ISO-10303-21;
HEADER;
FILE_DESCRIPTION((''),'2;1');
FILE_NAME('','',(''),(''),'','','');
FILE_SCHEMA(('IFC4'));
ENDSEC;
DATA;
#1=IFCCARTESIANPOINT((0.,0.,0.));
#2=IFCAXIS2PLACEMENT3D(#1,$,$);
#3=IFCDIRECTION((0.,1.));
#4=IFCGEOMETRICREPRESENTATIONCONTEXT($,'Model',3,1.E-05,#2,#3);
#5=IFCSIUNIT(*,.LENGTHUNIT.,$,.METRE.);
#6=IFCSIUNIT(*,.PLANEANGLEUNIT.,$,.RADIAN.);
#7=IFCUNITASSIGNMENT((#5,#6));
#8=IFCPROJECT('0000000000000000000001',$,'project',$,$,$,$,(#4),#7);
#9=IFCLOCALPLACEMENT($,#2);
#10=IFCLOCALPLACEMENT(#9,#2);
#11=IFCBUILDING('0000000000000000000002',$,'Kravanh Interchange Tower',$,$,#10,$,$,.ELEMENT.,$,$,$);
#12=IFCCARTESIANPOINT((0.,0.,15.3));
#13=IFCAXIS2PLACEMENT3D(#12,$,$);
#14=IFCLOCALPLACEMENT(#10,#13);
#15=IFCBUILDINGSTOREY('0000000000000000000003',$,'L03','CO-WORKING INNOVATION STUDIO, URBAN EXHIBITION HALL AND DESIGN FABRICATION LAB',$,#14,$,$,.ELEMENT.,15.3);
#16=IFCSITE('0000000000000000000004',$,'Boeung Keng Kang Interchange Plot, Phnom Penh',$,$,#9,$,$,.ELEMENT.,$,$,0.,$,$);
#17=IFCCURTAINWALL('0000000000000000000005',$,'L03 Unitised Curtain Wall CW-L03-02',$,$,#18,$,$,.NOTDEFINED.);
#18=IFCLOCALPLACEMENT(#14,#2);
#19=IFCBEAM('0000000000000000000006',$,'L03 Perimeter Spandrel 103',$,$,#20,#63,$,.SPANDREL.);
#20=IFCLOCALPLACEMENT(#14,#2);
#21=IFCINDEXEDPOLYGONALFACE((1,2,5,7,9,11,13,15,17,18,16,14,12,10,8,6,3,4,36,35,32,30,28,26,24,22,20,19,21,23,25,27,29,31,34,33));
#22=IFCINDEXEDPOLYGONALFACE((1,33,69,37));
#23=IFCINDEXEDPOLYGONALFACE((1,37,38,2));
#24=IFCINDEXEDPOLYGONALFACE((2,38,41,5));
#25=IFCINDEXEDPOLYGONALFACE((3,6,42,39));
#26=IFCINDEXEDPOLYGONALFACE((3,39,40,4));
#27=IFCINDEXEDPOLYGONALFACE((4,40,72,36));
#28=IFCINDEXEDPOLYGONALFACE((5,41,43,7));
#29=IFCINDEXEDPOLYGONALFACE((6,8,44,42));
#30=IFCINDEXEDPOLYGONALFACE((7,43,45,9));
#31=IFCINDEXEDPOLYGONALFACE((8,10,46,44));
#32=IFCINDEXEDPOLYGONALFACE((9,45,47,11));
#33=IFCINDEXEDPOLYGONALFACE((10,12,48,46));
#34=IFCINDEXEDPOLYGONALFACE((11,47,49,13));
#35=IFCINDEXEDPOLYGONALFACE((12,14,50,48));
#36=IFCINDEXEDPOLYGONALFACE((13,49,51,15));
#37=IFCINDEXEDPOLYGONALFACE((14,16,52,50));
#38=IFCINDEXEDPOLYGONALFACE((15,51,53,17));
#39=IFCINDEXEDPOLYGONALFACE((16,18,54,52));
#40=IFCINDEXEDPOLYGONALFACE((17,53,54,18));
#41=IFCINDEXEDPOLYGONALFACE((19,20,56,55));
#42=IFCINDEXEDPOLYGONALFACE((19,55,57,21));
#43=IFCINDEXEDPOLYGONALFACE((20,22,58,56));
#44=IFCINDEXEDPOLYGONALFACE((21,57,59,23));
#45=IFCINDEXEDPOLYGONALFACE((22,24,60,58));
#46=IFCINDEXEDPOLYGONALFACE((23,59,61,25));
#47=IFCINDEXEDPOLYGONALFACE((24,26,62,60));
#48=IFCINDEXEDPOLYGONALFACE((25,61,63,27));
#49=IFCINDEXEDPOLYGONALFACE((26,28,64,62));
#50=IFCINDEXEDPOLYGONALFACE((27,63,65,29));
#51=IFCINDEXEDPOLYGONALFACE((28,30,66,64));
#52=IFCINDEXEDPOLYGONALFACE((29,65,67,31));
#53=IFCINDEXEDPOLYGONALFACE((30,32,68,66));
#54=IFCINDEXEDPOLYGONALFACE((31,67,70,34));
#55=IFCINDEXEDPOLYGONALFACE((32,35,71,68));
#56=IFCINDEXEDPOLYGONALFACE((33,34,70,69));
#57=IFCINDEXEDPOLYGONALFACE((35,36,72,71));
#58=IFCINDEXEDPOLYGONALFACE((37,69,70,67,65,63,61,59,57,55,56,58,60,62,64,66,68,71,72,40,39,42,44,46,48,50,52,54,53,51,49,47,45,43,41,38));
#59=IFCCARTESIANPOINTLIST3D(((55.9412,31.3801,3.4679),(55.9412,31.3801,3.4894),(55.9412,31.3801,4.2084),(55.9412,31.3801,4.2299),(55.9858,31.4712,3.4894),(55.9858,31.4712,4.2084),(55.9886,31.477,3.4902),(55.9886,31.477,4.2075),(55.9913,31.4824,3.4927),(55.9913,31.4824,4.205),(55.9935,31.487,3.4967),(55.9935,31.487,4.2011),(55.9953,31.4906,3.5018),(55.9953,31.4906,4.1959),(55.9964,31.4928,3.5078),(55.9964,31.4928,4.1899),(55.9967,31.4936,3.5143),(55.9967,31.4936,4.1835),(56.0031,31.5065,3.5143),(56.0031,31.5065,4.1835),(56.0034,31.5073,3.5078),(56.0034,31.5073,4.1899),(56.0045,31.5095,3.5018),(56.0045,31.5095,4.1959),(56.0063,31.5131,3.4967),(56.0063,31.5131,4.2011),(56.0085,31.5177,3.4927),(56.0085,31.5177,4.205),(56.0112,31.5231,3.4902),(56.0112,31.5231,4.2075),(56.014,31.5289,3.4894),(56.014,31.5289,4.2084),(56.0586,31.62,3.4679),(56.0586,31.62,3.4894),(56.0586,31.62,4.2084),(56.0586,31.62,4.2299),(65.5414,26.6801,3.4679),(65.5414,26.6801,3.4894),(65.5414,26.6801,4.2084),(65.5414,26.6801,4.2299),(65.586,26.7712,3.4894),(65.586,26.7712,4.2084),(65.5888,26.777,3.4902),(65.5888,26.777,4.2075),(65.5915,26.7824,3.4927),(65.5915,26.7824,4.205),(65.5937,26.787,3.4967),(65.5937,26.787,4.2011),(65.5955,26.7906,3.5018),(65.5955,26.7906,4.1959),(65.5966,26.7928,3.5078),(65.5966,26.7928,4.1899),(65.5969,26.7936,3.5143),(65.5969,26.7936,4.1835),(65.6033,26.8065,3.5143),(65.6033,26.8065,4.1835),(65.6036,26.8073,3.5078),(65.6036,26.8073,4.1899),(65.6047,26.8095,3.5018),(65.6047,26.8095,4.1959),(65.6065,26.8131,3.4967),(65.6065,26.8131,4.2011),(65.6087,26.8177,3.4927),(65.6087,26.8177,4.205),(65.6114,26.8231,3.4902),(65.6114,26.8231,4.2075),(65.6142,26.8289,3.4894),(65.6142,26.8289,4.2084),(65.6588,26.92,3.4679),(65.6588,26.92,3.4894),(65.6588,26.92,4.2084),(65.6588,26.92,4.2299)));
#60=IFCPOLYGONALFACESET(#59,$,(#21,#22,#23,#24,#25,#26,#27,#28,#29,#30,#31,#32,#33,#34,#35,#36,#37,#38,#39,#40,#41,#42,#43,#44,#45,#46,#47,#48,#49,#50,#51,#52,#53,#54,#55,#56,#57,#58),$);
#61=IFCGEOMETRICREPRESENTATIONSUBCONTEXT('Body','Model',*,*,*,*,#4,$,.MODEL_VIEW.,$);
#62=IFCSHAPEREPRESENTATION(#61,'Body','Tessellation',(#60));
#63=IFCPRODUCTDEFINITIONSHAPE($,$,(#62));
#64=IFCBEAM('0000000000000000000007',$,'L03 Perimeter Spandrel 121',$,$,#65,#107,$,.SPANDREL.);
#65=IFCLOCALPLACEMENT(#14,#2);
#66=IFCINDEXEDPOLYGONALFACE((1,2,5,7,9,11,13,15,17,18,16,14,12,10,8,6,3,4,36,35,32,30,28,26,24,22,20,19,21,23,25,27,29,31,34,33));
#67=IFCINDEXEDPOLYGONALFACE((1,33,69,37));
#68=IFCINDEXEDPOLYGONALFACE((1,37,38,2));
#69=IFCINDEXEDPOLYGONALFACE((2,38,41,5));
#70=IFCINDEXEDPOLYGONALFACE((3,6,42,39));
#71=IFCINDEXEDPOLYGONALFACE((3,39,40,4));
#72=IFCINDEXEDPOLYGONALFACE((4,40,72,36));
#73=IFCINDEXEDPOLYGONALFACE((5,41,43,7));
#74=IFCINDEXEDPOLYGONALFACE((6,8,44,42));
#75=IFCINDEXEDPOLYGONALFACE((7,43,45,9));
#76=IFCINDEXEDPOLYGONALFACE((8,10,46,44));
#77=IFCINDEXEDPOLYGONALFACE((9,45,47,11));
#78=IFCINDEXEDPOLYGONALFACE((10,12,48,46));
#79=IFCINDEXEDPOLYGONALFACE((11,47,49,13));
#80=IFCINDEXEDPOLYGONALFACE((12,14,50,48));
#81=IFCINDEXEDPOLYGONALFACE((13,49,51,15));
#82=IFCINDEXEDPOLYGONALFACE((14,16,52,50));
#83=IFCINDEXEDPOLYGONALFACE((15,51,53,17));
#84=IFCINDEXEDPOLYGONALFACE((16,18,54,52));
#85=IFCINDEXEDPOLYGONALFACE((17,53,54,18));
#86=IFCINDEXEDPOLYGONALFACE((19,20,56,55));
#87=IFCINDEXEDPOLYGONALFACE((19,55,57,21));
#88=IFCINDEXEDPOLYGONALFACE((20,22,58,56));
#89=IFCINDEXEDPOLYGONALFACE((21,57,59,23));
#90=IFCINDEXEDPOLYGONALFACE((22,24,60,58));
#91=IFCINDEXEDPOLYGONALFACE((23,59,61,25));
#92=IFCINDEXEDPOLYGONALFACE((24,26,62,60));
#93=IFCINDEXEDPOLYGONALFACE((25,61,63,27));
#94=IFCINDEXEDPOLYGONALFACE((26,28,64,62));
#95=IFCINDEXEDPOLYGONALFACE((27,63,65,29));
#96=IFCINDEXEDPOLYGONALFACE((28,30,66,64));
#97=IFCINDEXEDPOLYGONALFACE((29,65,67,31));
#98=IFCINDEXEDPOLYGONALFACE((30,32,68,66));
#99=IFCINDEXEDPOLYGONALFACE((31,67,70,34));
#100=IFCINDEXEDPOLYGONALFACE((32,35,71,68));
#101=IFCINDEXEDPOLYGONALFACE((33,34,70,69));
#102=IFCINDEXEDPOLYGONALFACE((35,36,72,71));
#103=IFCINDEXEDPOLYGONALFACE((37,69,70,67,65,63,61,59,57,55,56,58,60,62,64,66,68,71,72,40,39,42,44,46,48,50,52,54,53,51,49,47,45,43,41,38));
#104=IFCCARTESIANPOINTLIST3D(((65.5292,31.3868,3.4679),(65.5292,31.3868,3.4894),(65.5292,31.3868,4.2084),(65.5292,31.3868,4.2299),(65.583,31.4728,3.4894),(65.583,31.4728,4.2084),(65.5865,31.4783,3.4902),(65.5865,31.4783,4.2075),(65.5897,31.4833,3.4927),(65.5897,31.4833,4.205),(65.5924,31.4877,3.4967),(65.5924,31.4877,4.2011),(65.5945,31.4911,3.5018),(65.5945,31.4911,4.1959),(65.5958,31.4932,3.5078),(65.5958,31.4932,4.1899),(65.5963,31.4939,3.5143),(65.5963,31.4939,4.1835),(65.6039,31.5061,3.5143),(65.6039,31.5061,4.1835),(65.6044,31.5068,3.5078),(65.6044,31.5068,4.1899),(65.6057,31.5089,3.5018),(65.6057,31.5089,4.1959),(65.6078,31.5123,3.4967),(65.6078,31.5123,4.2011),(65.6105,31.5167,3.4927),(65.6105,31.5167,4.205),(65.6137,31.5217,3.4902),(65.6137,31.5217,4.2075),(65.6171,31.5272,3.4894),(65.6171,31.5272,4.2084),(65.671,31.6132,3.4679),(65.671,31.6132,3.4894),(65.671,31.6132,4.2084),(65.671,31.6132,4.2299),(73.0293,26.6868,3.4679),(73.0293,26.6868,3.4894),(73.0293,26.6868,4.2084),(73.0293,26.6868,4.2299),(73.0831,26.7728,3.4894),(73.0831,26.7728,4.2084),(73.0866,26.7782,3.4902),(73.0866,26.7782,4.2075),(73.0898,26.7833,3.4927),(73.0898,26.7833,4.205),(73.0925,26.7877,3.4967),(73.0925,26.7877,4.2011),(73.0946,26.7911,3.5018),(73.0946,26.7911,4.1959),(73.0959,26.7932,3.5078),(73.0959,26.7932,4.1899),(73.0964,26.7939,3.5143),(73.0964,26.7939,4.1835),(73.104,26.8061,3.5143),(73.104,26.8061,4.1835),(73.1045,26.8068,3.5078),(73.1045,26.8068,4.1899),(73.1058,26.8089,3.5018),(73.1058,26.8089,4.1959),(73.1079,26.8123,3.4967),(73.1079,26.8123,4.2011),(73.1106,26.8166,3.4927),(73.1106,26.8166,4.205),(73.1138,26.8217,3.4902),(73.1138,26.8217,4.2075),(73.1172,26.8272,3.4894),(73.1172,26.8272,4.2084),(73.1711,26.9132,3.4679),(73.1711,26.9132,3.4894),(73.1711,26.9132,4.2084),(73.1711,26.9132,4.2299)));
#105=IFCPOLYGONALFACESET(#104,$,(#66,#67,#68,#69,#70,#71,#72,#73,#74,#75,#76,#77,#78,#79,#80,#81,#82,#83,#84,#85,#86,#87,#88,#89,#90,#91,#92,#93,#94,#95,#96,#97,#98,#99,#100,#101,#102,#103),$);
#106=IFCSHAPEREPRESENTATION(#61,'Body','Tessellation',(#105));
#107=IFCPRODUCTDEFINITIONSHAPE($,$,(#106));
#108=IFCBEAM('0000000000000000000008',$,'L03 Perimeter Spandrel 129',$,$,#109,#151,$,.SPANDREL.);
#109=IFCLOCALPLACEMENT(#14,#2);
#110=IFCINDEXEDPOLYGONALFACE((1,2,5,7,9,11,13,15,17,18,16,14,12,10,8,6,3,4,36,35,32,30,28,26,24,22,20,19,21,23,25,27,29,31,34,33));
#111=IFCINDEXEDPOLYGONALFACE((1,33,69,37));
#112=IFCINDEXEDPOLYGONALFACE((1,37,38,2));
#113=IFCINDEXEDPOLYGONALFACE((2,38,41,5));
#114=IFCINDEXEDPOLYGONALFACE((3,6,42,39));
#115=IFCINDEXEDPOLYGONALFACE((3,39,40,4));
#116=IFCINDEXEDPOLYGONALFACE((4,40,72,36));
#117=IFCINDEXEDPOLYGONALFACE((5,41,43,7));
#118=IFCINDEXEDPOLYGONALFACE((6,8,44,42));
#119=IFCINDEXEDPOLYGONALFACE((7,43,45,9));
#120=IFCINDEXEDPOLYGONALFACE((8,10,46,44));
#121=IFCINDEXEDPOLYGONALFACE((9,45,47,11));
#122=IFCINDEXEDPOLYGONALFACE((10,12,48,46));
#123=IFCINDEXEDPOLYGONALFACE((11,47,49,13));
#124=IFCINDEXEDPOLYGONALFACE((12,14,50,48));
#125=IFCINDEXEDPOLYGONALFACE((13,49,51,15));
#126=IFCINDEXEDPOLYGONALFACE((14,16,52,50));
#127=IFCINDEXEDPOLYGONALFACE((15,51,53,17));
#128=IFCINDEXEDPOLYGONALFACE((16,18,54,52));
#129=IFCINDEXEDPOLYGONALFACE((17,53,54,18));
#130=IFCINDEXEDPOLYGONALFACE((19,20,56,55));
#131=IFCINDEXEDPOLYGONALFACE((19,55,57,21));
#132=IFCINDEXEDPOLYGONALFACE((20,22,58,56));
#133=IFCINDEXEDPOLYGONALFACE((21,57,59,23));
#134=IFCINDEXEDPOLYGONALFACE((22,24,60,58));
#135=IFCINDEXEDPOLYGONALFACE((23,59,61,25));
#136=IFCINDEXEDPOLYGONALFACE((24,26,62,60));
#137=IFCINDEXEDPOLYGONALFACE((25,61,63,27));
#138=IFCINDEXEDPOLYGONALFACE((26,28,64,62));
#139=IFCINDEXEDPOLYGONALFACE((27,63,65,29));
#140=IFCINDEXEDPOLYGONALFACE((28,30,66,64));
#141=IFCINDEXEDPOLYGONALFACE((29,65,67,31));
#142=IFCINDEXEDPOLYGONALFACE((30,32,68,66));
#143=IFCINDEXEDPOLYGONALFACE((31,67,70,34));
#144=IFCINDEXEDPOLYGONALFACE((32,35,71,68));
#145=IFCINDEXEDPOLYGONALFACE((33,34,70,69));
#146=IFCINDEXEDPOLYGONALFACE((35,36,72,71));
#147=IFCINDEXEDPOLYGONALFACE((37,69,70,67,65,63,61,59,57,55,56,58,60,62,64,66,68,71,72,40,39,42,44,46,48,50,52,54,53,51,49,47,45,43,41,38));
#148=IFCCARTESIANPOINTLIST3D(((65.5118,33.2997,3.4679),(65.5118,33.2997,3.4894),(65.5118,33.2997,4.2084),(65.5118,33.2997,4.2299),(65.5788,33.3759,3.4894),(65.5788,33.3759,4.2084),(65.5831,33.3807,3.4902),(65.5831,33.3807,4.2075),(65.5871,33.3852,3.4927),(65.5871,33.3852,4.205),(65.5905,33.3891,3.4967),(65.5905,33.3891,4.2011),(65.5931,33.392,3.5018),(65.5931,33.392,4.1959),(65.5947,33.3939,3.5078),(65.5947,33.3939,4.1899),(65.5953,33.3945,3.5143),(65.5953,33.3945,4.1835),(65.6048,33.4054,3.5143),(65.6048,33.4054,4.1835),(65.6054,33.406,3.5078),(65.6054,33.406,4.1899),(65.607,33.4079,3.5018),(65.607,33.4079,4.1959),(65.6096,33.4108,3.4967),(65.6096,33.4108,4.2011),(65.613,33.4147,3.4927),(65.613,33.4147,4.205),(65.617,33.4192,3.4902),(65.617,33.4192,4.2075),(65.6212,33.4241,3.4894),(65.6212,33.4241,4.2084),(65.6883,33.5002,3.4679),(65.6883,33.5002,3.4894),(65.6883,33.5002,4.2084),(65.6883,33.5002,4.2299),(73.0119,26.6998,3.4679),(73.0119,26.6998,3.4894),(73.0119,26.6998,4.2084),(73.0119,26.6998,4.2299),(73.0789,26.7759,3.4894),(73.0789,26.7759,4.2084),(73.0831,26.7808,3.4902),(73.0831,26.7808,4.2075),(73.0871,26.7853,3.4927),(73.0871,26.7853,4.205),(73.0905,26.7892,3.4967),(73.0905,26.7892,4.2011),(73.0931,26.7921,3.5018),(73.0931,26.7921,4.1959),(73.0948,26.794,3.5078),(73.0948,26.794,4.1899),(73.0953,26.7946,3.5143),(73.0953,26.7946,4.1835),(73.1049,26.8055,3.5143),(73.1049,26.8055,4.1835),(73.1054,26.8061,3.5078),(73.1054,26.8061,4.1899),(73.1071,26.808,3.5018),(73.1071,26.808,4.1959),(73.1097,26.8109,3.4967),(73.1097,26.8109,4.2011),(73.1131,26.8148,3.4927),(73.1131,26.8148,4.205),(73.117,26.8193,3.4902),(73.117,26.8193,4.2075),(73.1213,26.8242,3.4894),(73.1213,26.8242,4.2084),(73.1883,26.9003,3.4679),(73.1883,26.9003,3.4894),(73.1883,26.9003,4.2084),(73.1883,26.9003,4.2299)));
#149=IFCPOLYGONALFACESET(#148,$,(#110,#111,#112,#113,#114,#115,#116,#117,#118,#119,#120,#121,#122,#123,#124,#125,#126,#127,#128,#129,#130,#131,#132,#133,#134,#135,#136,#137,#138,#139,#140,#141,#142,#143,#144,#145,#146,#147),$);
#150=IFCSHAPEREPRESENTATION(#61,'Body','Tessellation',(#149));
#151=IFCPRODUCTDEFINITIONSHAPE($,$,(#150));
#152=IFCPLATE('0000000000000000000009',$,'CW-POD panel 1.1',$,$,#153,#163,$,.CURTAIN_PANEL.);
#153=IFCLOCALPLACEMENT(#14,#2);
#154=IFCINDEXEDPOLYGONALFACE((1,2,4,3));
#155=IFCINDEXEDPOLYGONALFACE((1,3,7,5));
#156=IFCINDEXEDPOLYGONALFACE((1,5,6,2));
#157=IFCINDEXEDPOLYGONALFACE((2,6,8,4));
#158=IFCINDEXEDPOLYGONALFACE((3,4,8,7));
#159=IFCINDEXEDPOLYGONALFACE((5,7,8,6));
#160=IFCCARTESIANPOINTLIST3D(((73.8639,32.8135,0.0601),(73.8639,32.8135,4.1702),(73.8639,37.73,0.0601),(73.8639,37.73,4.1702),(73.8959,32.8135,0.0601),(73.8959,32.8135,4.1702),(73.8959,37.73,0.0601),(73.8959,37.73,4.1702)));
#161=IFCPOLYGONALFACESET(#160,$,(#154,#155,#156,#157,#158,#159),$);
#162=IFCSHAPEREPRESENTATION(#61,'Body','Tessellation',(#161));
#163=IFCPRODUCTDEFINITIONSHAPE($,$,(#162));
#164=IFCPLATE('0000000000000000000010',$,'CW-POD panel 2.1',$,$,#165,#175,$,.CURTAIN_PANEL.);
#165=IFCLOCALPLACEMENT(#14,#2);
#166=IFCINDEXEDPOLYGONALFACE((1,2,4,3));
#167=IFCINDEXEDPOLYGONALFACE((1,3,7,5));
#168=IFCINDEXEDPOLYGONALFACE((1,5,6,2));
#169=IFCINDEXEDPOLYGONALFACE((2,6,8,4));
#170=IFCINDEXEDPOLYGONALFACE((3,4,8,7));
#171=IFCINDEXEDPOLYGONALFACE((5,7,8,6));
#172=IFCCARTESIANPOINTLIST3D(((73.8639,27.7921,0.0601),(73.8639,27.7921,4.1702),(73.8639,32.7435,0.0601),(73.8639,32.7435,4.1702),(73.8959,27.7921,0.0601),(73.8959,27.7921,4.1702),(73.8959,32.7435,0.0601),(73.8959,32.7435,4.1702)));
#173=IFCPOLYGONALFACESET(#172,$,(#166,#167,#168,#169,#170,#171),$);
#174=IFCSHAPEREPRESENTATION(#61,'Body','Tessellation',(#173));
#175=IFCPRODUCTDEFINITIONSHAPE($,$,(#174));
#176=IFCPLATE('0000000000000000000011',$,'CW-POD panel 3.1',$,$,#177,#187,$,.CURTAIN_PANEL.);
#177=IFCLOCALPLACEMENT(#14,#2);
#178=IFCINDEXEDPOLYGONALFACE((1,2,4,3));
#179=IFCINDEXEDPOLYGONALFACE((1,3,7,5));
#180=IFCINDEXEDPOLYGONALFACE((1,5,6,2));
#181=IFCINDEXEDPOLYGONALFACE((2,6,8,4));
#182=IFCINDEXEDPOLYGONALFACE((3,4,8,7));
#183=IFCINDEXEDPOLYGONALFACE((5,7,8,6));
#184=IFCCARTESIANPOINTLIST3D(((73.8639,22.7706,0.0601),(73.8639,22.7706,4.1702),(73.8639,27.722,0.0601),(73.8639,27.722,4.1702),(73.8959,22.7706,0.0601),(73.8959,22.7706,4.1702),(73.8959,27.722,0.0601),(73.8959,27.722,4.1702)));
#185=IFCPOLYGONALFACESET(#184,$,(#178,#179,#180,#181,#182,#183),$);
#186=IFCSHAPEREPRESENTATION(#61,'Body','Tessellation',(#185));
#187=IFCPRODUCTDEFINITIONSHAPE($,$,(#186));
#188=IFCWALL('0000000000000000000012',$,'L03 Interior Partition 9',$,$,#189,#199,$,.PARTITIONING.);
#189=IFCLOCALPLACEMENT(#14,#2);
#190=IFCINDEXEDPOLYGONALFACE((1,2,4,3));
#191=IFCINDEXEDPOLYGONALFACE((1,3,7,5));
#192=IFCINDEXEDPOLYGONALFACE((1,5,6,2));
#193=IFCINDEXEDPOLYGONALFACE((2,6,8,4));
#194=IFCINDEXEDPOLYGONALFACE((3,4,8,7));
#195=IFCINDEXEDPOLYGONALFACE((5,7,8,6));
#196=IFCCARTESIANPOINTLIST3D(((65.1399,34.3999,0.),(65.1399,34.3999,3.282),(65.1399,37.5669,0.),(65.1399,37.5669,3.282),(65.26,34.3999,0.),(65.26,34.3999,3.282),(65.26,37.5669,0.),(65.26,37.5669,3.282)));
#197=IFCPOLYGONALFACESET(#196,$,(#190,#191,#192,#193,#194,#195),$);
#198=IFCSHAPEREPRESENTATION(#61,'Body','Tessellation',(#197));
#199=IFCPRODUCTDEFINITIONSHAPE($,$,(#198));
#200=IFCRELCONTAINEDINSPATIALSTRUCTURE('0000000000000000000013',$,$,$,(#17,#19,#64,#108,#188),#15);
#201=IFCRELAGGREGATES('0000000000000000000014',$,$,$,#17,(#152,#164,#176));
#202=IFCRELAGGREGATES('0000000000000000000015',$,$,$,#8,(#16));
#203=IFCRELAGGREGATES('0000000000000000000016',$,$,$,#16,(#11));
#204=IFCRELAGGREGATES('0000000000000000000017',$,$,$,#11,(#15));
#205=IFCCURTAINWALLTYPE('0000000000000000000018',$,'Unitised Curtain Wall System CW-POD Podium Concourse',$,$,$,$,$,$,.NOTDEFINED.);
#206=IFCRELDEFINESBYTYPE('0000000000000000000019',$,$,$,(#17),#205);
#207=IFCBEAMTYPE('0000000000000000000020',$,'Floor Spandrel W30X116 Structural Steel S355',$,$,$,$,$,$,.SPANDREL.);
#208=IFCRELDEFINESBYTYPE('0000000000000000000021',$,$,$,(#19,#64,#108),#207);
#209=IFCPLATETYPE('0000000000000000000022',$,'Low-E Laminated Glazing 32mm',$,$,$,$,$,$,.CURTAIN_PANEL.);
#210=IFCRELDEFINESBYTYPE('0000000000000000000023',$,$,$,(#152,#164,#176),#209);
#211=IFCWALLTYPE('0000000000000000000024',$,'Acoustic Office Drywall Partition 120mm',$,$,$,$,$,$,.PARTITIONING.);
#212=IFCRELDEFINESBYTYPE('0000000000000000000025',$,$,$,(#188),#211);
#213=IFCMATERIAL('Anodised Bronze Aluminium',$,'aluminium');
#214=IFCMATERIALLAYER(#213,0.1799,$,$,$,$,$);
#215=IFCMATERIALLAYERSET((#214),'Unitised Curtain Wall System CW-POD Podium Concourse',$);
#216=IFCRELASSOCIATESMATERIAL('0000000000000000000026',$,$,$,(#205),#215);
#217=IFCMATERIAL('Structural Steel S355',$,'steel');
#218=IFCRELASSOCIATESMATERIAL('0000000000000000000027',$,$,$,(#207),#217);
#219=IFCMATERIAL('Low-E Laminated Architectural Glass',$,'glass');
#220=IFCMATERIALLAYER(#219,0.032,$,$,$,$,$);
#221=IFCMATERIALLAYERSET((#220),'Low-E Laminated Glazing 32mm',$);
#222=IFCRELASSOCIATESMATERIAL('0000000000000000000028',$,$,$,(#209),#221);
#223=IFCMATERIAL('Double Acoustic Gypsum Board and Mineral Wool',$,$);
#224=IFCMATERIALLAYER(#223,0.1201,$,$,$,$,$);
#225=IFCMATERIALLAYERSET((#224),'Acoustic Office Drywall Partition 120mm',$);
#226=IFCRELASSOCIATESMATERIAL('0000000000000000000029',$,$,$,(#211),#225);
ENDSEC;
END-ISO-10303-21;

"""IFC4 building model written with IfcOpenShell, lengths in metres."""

from ifc_helpers import new_model, si_unit, direction, frame, frame_2d, origin, origin_2d, place, context, subcontext, project, spatial, rectangle, i_section, extrude, material, layer, layer_set, material_profile, profile_set, type_object, element, aggregate, save


model = new_model("IFC4")

# Units and contexts
model_context = context("Model", 3, precision=1e-05, world=origin(), true_north=direction((0.0, 1.0)))
body_context = subcontext(model_context, "Body", "Model", "MODEL_VIEW")
ifc_project = project(units=[si_unit("LENGTHUNIT", "METRE"), si_unit("PLANEANGLEUNIT", "RADIAN")], contexts=[model_context])

# Site, building, storey
site_placement = place(None, origin())
site = spatial("IfcSite", under=ifc_project, at=site_placement, Name="Boeung Keng Kang Interchange Plot, Phnom Penh", CompositionType="ELEMENT", RefElevation=0.0)
building_placement = place(site_placement, origin())
building = spatial("IfcBuilding", under=site, at=building_placement, Name="Kravanh Interchange Tower", CompositionType="ELEMENT")
storey_placement = place(building_placement, frame((0.0, 0.0, 15.3)))
storey = spatial("IfcBuildingStorey", under=building, at=storey_placement, Name="L03", Description="CO-WORKING INNOVATION STUDIO, URBAN EXHIBITION HALL AND DESIGN FABRICATION LAB", CompositionType="ELEMENT", Elevation=15.3)

# Curtain wall
ifc_material_1 = material(Name="Anodised Bronze Aluminium", Category="aluminium")
ifc_layer_1 = layer(ifc_material_1, 0.1799)
ifc_layer_set_1 = layer_set([ifc_layer_1], Name="Unitised Curtain Wall System CW-POD Podium Concourse")
curtain_wall_type = type_object("IfcCurtainWallType", Name="Unitised Curtain Wall System CW-POD Podium Concourse", PredefinedType="NOTDEFINED", material=ifc_layer_set_1)
curtain_wall_placement = place(storey_placement, origin())
curtain_wall = element("IfcCurtainWall", 1, at=curtain_wall_placement, inside=storey, type_object=curtain_wall_type, Name="L03 Unitised Curtain Wall CW-L03-02", PredefinedType="NOTDEFINED")

# Beams
ifc_material_2 = material(Name="Structural Steel S355", Category="steel")
ifc_material_profile_1 = material_profile(ifc_material_2, i_section(OverallWidth=0.2671, OverallDepth=0.762, WebThickness=0.0144, FlangeThickness=0.0215, FilletRadius=0.0249, at=origin_2d()), Name="W30X116")
ifc_profile_set_1 = profile_set([ifc_material_profile_1], Name="Structural Steel S355")
beam_type_1 = type_object("IfcBeamType", Name="Floor Spandrel W30X116 Structural Steel S355", PredefinedType="SPANDREL", material=ifc_profile_set_1)
beam_1_placement = place(storey_placement, frame((65.6001, 26.8, 3.8489), z_axis=(-0.898142, 0.439706, 0.0), x_axis=(-0.439706, -0.898142, 0.0)))
element("IfcBeam", 2, at=beam_1_placement, inside=storey, type_object=beam_type_1, Name="L03 Perimeter Spandrel 103", PredefinedType="SPANDREL", context=body_context, shape_type="SweptSolid", body=[
    extrude(i_section(OverallWidth=0.2671, OverallDepth=0.762, WebThickness=0.0144, FlangeThickness=0.0215, FilletRadius=0.0249, at=origin_2d()), origin(), (0.0, 0.0, 1.0), 10.689),
])
beam_2_placement = place(storey_placement, frame((65.6001, 31.5, 3.8489), z_axis=(0.847365, -0.53101, 0.0), x_axis=(0.53101, 0.847365, 0.0)))
element("IfcBeam", 3, at=beam_2_placement, inside=storey, type_object=beam_type_1, Name="L03 Perimeter Spandrel 121", PredefinedType="SPANDREL", context=body_context, shape_type="SweptSolid", body=[
    extrude(i_section(OverallWidth=0.2671, OverallDepth=0.762, WebThickness=0.0144, FlangeThickness=0.0215, FilletRadius=0.0249, at=origin_2d()), origin(), (0.0, 0.0, 1.0), 8.8511),
])
beam_3_placement = place(storey_placement, frame((73.1001, 26.8, 3.8489), z_axis=(-0.750721, 0.66062, 0.0), x_axis=(-0.66062, -0.750721, 0.0)))
element("IfcBeam", 4, at=beam_3_placement, inside=storey, type_object=beam_type_1, Name="L03 Perimeter Spandrel 129", PredefinedType="SPANDREL", context=body_context, shape_type="SweptSolid", body=[
    extrude(i_section(OverallWidth=0.2671, OverallDepth=0.762, WebThickness=0.0144, FlangeThickness=0.0215, FilletRadius=0.0249, at=origin_2d()), origin(), (0.0, 0.0, 1.0), 9.9905),
])

# Plates
ifc_material_3 = material(Name="Low-E Laminated Architectural Glass", Category="glass")
ifc_layer_2 = layer(ifc_material_3, 0.032)
ifc_layer_set_2 = layer_set([ifc_layer_2], Name="Low-E Laminated Glazing 32mm")
plate_type = type_object("IfcPlateType", Name="Low-E Laminated Glazing 32mm", PredefinedType="CURTAIN_PANEL", material=ifc_layer_set_2)
plate_1_placement = place(storey_placement, frame((73.8799, 35.2717, 0.0601), z_axis=(0.0, 0.0, 1.0), x_axis=(0.0, -1.0, 0.0)))
plate_1 = element("IfcPlate", 5, at=plate_1_placement, type_object=plate_type, Name="CW-POD panel 1.1", PredefinedType="CURTAIN_PANEL", context=body_context, shape_type="SweptSolid", body=[
    extrude(rectangle(XDim=4.9165, YDim=0.032, at=origin_2d()), origin(), (0.0, 0.0, 1.0), 4.1101),
])
plate_2_placement = place(storey_placement, frame((73.8799, 30.2678, 0.0601), z_axis=(0.0, 0.0, 1.0), x_axis=(0.0, -1.0, 0.0)))
plate_2 = element("IfcPlate", 6, at=plate_2_placement, type_object=plate_type, Name="CW-POD panel 2.1", PredefinedType="CURTAIN_PANEL", context=body_context, shape_type="SweptSolid", body=[
    extrude(rectangle(XDim=4.9514, YDim=0.032, at=origin_2d()), origin(), (0.0, 0.0, 1.0), 4.1101),
])
plate_3_placement = place(storey_placement, frame((73.8799, 25.2463, 0.0601), z_axis=(0.0, 0.0, 1.0), x_axis=(0.0, -1.0, 0.0)))
plate_3 = element("IfcPlate", 7, at=plate_3_placement, type_object=plate_type, Name="CW-POD panel 3.1", PredefinedType="CURTAIN_PANEL", context=body_context, shape_type="SweptSolid", body=[
    extrude(rectangle(XDim=4.9514, YDim=0.032, at=origin_2d()), origin(), (0.0, 0.0, 1.0), 4.1101),
])
aggregate(curtain_wall, [plate_1, plate_2, plate_3])

# Wall
ifc_material_4 = material(Name="Double Acoustic Gypsum Board and Mineral Wool")
ifc_layer_3 = layer(ifc_material_4, 0.1201)
ifc_layer_set_3 = layer_set([ifc_layer_3], Name="Acoustic Office Drywall Partition 120mm")
wall_type = type_object("IfcWallType", Name="Acoustic Office Drywall Partition 120mm", PredefinedType="PARTITIONING", material=ifc_layer_set_3)
wall_placement = place(storey_placement, frame((65.2, 34.3999, 0.0), z_axis=(0.0, 0.0, 1.0), x_axis=(0.0, 1.0, 0.0)))
element("IfcWall", 8, at=wall_placement, inside=storey, type_object=wall_type, Name="L03 Interior Partition 9", PredefinedType="PARTITIONING", context=body_context, shape_type="SweptSolid", body=[
    extrude(rectangle(XDim=3.167, YDim=0.1201, at=frame_2d((1.5835, 0.0))), origin(), (0.0, 0.0, 1.0), 3.282),
])

save(model, "model.ifc")
